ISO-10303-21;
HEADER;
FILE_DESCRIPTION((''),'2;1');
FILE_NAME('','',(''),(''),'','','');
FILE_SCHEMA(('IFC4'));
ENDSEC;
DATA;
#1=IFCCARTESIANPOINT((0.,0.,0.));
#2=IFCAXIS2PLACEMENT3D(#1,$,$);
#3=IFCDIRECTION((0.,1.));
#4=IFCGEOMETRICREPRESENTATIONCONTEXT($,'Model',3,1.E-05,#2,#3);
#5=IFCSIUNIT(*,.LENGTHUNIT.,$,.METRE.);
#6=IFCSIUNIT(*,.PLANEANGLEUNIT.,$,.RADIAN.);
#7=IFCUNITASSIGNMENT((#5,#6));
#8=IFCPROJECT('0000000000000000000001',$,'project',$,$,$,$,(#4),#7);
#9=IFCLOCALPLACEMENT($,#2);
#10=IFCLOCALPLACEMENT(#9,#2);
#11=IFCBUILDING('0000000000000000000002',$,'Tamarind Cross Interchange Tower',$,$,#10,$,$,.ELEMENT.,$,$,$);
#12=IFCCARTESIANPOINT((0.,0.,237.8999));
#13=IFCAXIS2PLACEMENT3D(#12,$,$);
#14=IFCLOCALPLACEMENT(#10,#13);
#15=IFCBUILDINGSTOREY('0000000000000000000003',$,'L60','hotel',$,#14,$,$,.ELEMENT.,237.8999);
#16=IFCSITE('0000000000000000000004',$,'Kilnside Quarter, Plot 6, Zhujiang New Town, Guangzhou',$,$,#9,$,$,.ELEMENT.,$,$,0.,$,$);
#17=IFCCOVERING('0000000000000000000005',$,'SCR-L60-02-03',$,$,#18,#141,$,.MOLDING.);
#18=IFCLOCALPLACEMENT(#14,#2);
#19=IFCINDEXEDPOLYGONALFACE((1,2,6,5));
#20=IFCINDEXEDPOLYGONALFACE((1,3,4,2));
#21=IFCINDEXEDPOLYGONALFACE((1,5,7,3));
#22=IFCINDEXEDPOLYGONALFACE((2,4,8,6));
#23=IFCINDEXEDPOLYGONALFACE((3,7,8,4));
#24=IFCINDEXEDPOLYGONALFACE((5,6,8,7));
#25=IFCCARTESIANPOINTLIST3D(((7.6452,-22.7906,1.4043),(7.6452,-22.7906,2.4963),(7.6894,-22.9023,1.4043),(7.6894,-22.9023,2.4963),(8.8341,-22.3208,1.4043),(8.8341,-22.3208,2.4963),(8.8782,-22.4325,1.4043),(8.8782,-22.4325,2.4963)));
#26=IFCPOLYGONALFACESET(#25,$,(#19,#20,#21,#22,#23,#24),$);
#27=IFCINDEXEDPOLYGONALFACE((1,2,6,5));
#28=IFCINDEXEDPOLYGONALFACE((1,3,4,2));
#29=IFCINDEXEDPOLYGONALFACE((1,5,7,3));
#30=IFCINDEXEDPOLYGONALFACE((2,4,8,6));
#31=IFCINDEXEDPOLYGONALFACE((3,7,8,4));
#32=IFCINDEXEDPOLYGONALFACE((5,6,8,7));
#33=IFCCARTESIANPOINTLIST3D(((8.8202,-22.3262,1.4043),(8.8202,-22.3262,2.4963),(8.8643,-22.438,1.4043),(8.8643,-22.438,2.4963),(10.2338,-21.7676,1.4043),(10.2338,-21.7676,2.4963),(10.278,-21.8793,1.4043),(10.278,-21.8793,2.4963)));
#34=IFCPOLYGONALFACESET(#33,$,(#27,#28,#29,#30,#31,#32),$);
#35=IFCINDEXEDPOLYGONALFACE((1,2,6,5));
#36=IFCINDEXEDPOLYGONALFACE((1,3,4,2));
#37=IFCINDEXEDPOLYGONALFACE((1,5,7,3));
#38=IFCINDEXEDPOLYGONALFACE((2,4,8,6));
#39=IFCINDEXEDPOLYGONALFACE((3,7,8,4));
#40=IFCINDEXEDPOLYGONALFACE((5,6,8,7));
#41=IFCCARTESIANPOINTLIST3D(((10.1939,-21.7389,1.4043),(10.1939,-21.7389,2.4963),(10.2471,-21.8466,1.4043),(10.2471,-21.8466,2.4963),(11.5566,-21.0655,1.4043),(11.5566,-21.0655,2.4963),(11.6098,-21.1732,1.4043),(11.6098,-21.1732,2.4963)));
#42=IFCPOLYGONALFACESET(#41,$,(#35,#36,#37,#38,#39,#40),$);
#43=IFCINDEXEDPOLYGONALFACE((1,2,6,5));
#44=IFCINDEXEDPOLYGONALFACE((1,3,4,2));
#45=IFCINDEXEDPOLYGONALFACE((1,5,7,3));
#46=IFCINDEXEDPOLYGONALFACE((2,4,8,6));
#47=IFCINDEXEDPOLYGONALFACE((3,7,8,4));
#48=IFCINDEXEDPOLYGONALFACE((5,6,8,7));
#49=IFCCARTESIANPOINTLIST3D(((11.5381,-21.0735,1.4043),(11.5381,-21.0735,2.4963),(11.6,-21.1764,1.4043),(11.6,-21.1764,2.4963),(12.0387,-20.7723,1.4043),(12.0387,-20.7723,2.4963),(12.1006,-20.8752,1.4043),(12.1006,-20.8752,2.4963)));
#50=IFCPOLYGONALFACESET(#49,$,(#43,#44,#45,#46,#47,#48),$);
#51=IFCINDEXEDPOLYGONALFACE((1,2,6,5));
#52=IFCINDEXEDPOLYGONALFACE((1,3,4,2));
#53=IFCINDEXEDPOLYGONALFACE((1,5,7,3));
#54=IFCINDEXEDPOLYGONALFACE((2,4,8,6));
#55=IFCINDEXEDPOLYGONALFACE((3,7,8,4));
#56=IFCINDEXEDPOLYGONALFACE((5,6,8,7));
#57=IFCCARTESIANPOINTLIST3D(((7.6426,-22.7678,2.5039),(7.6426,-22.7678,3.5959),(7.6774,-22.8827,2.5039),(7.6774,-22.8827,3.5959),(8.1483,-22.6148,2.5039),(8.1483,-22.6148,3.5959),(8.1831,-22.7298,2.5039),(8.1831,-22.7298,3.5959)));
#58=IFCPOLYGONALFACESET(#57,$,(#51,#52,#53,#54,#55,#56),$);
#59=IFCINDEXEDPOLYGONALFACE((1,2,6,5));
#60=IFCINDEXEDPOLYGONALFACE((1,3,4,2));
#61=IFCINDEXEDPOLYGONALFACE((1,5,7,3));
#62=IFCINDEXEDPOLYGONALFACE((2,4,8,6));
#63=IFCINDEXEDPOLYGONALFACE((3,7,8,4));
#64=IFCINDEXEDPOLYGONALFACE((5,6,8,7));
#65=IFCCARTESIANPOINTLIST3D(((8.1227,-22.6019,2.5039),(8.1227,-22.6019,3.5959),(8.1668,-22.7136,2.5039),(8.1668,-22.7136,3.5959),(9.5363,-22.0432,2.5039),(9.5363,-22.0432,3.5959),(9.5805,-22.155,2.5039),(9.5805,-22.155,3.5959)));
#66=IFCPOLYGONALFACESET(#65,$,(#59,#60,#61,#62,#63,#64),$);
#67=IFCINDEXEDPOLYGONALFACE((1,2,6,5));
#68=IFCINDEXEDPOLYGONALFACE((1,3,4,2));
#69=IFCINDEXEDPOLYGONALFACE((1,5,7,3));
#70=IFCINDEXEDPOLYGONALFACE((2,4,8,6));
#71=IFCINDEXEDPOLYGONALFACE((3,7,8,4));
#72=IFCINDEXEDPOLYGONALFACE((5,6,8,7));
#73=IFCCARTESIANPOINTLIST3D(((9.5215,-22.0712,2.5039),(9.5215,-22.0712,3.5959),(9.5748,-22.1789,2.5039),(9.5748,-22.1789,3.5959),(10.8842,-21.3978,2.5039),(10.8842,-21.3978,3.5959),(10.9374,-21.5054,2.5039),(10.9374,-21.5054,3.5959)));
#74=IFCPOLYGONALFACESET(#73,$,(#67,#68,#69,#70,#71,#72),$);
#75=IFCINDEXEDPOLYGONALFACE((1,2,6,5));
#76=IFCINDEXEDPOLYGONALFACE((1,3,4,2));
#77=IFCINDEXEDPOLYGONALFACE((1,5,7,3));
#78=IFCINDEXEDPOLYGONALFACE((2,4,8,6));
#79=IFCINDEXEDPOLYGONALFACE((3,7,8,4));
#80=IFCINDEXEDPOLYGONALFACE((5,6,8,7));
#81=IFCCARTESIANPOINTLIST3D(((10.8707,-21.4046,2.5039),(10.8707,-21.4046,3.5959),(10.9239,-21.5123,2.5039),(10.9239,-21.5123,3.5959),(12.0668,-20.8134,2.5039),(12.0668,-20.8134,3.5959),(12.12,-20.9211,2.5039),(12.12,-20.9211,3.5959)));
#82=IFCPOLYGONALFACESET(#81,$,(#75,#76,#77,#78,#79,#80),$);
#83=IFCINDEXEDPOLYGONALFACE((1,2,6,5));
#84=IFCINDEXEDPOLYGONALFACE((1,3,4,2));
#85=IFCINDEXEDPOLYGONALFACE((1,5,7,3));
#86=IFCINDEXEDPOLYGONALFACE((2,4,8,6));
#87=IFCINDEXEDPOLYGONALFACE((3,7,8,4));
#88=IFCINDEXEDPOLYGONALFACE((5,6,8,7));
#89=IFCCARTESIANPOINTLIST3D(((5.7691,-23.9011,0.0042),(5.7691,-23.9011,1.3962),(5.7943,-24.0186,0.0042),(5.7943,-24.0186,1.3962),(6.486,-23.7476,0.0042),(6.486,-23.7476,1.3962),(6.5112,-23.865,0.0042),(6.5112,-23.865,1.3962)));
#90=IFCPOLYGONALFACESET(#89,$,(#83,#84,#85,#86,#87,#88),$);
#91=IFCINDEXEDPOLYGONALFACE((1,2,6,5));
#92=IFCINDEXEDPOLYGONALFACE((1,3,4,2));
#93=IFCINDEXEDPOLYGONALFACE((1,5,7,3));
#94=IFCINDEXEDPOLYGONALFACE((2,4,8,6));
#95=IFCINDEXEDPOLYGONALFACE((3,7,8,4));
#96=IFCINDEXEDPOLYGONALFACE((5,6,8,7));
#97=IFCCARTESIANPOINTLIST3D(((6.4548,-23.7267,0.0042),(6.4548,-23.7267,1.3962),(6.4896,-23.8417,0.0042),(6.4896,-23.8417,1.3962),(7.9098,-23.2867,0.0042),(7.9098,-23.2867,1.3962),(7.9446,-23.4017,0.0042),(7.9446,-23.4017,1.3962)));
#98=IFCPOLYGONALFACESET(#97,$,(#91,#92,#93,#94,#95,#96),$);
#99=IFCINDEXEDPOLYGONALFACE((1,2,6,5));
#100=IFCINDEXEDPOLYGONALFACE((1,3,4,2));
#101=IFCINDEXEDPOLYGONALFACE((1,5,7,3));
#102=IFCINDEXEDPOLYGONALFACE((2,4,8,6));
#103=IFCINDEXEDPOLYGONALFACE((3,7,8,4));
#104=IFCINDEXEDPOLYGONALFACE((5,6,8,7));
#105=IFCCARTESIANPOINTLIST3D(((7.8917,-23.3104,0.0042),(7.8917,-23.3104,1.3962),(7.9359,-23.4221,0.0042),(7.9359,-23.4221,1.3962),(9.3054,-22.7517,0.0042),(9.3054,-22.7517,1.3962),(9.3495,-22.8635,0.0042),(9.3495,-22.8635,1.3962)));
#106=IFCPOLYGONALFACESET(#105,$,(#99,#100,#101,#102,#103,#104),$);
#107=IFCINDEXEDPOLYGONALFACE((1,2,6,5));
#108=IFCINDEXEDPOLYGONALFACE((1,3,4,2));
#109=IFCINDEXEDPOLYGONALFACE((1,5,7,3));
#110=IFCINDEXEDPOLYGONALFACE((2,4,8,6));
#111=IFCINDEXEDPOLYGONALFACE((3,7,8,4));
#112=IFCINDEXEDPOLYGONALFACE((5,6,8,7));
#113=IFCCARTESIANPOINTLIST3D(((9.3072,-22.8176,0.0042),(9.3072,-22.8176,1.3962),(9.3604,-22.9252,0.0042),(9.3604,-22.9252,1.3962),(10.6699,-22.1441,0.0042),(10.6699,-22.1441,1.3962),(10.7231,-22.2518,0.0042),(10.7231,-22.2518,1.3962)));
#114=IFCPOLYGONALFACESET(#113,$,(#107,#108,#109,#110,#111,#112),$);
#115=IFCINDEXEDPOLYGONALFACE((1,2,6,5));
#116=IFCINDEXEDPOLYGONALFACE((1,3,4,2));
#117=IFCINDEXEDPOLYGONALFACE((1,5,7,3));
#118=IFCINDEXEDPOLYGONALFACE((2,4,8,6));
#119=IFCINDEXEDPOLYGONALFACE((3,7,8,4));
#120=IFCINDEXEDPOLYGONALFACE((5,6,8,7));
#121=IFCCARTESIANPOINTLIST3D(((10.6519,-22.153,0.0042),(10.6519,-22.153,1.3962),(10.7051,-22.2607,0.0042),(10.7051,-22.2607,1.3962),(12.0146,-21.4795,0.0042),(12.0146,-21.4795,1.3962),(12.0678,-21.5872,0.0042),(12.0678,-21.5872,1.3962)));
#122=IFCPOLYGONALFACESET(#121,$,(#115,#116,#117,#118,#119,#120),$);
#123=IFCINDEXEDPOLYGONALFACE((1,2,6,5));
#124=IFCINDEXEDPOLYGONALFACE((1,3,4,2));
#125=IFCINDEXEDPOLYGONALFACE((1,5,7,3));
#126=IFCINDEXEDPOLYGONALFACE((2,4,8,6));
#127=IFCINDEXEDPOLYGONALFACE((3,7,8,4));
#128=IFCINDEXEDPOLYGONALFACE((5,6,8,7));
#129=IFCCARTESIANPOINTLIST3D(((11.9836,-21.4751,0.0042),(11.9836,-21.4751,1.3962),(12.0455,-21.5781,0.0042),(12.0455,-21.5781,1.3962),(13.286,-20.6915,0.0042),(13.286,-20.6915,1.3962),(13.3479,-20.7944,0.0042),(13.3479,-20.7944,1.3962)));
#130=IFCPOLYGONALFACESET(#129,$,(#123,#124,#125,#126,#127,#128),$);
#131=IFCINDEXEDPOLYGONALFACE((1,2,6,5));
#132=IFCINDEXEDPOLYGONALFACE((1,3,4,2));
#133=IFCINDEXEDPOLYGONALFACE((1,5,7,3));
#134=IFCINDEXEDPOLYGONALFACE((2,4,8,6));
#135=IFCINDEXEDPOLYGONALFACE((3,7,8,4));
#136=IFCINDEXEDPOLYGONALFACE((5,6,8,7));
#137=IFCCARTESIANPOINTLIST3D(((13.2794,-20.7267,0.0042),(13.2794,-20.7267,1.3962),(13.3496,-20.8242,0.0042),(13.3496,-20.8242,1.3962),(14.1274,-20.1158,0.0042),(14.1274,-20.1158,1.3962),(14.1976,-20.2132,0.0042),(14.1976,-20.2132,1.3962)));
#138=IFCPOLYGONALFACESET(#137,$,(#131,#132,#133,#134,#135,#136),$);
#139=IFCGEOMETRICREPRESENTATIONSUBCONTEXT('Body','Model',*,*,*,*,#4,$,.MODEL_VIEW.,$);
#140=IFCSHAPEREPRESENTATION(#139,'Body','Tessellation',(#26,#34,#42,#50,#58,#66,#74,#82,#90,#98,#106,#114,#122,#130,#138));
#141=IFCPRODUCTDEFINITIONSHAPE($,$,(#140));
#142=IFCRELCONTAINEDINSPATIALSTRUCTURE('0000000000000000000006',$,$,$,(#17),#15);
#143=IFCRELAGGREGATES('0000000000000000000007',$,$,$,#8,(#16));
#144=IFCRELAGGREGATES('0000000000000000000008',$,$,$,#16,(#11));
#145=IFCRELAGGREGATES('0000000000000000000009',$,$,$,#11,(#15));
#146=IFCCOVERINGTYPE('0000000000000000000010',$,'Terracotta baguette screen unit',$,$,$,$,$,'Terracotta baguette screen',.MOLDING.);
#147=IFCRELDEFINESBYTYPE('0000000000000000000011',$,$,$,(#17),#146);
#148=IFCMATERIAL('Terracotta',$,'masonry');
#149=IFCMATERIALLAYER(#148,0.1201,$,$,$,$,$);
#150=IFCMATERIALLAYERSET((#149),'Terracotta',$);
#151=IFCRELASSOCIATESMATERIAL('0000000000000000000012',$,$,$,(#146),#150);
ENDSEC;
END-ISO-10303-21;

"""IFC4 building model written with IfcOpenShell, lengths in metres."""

from ifc_helpers import new_model, si_unit, direction, frame, origin, origin_2d, place, context, subcontext, project, spatial, rectangle, extrude, material, layer, layer_set, type_object, element, save


model = new_model("IFC4")

# Units and contexts
model_context = context("Model", 3, precision=1e-05, world=origin(), true_north=direction((0.0, 1.0)))
body_context = subcontext(model_context, "Body", "Model", "MODEL_VIEW")
ifc_project = project(units=[si_unit("LENGTHUNIT", "METRE"), si_unit("PLANEANGLEUNIT", "RADIAN")], contexts=[model_context])

# Site, building, storey
site_placement = place(None, origin())
site = spatial("IfcSite", under=ifc_project, at=site_placement, Name="Kilnside Quarter, Plot 6, Zhujiang New Town, Guangzhou", CompositionType="ELEMENT", RefElevation=0.0)
building_placement = place(site_placement, origin())
building = spatial("IfcBuilding", under=site, at=building_placement, Name="Tamarind Cross Interchange Tower", CompositionType="ELEMENT")
storey_placement = place(building_placement, frame((0.0, 0.0, 237.8999)))
storey = spatial("IfcBuildingStorey", under=building, at=storey_placement, Name="L60", Description="hotel", CompositionType="ELEMENT", Elevation=237.8999)

# Covering
ifc_material_1 = material(Name="Terracotta", Category="masonry")
ifc_layer_1 = layer(ifc_material_1, 0.1201)
ifc_layer_set_1 = layer_set([ifc_layer_1], Name="Terracotta")
covering_type = type_object("IfcCoveringType", Name="Terracotta baguette screen unit", ElementType="Terracotta baguette screen", PredefinedType="MOLDING", material=ifc_layer_set_1)
covering_1_placement = place(storey_placement, origin())
element("IfcCovering", 1, at=covering_1_placement, inside=storey, type_object=covering_type, Name="SCR-L60-02-03", PredefinedType="MOLDING", context=body_context, shape_type="SweptSolid", body=[
    extrude(rectangle(XDim=1.2783, YDim=0.1201, at=origin_2d()), frame((8.2617, -22.6116, 1.4043), z_axis=(0.0, 0.0, 1.0), x_axis=(0.930018, 0.367514, 0.0)), (0.0, 0.0, 1.0), 1.092),
    extrude(rectangle(XDim=1.52, YDim=0.1201, at=origin_2d()), frame((9.5491, -22.1028, 1.4043), z_axis=(0.0, 0.0, 1.0), x_axis=(0.930018, 0.367514, 0.0)), (0.0, 0.0, 1.0), 1.092),
    extrude(rectangle(XDim=1.52, YDim=0.1201, at=origin_2d()), frame((10.9019, -21.4561, 1.4043), z_axis=(0.0, 0.0, 1.0), x_axis=(0.896493, 0.443059, 0.0)), (0.0, 0.0, 1.0), 1.092),
    extrude(rectangle(XDim=0.5842, YDim=0.1201, at=origin_2d()), frame((11.8193, -20.9744, 1.4043), z_axis=(0.0, 0.0, 1.0), x_axis=(0.856843, 0.515577, 0.0)), (0.0, 0.0, 1.0), 1.092),
    extrude(rectangle(XDim=0.5283, YDim=0.1201, at=origin_2d()), frame((7.9128, -22.7488, 2.5039), z_axis=(0.0, 0.0, 1.0), x_axis=(0.957191, 0.289458, 0.0)), (0.0, 0.0, 1.0), 1.092),
    extrude(rectangle(XDim=1.52, YDim=0.1201, at=origin_2d()), frame((8.8516, -22.3784, 2.5039), z_axis=(0.0, 0.0, 1.0), x_axis=(0.930018, 0.367514, 0.0)), (0.0, 0.0, 1.0), 1.092),
    extrude(rectangle(XDim=1.52, YDim=0.1201, at=origin_2d()), frame((10.2295, -21.7883, 2.5039), z_axis=(0.0, 0.0, 1.0), x_axis=(0.896493, 0.443059, 0.0)), (0.0, 0.0, 1.0), 1.092),
    extrude(rectangle(XDim=1.3342, YDim=0.1201, at=origin_2d()), frame((11.4954, -21.1628, 2.5039), z_axis=(0.0, 0.0, 1.0), x_axis=(0.896493, 0.443059, 0.0)), (0.0, 0.0, 1.0), 1.092),
    extrude(rectangle(XDim=0.7332, YDim=0.1201, at=origin_2d()), frame((6.1401, -23.8831, 0.0042), z_axis=(0.0, 0.0, 1.0), x_axis=(0.977825, 0.209425, 0.0)), (0.0, 0.0, 1.0), 1.3921),
    extrude(rectangle(XDim=1.52, YDim=0.1201, at=origin_2d()), frame((7.1997, -23.5642, 0.0042), z_axis=(0.0, 0.0, 1.0), x_axis=(0.957191, 0.289458, 0.0)), (0.0, 0.0, 1.0), 1.3921),
    extrude(rectangle(XDim=1.52, YDim=0.1201, at=origin_2d()), frame((8.6206, -23.0869, 0.0042), z_axis=(0.0, 0.0, 1.0), x_axis=(0.930018, 0.367514, 0.0)), (0.0, 0.0, 1.0), 1.3921),
    extrude(rectangle(XDim=1.52, YDim=0.1201, at=origin_2d()), frame((10.0151, -22.5347, 0.0042), z_axis=(0.0, 0.0, 1.0), x_axis=(0.896493, 0.443059, 0.0)), (0.0, 0.0, 1.0), 1.3921),
    extrude(rectangle(XDim=1.52, YDim=0.1201, at=origin_2d()), frame((11.3599, -21.8701, 0.0042), z_axis=(0.0, 0.0, 1.0), x_axis=(0.896493, 0.443059, 0.0)), (0.0, 0.0, 1.0), 1.3921),
    extrude(rectangle(XDim=1.52, YDim=0.1201, at=origin_2d()), frame((12.6658, -21.1348, 0.0042), z_axis=(0.0, 0.0, 1.0), x_axis=(0.856843, 0.515577, 0.0)), (0.0, 0.0, 1.0), 1.3921),
    extrude(rectangle(XDim=1.0452, YDim=0.1201, at=origin_2d()), frame((13.7385, -20.47, 0.0042), z_axis=(0.0, 0.0, 1.0), x_axis=(0.81134, 0.584574, 0.0)), (0.0, 0.0, 1.0), 1.3921),
])

save(model, "model.ifc")
